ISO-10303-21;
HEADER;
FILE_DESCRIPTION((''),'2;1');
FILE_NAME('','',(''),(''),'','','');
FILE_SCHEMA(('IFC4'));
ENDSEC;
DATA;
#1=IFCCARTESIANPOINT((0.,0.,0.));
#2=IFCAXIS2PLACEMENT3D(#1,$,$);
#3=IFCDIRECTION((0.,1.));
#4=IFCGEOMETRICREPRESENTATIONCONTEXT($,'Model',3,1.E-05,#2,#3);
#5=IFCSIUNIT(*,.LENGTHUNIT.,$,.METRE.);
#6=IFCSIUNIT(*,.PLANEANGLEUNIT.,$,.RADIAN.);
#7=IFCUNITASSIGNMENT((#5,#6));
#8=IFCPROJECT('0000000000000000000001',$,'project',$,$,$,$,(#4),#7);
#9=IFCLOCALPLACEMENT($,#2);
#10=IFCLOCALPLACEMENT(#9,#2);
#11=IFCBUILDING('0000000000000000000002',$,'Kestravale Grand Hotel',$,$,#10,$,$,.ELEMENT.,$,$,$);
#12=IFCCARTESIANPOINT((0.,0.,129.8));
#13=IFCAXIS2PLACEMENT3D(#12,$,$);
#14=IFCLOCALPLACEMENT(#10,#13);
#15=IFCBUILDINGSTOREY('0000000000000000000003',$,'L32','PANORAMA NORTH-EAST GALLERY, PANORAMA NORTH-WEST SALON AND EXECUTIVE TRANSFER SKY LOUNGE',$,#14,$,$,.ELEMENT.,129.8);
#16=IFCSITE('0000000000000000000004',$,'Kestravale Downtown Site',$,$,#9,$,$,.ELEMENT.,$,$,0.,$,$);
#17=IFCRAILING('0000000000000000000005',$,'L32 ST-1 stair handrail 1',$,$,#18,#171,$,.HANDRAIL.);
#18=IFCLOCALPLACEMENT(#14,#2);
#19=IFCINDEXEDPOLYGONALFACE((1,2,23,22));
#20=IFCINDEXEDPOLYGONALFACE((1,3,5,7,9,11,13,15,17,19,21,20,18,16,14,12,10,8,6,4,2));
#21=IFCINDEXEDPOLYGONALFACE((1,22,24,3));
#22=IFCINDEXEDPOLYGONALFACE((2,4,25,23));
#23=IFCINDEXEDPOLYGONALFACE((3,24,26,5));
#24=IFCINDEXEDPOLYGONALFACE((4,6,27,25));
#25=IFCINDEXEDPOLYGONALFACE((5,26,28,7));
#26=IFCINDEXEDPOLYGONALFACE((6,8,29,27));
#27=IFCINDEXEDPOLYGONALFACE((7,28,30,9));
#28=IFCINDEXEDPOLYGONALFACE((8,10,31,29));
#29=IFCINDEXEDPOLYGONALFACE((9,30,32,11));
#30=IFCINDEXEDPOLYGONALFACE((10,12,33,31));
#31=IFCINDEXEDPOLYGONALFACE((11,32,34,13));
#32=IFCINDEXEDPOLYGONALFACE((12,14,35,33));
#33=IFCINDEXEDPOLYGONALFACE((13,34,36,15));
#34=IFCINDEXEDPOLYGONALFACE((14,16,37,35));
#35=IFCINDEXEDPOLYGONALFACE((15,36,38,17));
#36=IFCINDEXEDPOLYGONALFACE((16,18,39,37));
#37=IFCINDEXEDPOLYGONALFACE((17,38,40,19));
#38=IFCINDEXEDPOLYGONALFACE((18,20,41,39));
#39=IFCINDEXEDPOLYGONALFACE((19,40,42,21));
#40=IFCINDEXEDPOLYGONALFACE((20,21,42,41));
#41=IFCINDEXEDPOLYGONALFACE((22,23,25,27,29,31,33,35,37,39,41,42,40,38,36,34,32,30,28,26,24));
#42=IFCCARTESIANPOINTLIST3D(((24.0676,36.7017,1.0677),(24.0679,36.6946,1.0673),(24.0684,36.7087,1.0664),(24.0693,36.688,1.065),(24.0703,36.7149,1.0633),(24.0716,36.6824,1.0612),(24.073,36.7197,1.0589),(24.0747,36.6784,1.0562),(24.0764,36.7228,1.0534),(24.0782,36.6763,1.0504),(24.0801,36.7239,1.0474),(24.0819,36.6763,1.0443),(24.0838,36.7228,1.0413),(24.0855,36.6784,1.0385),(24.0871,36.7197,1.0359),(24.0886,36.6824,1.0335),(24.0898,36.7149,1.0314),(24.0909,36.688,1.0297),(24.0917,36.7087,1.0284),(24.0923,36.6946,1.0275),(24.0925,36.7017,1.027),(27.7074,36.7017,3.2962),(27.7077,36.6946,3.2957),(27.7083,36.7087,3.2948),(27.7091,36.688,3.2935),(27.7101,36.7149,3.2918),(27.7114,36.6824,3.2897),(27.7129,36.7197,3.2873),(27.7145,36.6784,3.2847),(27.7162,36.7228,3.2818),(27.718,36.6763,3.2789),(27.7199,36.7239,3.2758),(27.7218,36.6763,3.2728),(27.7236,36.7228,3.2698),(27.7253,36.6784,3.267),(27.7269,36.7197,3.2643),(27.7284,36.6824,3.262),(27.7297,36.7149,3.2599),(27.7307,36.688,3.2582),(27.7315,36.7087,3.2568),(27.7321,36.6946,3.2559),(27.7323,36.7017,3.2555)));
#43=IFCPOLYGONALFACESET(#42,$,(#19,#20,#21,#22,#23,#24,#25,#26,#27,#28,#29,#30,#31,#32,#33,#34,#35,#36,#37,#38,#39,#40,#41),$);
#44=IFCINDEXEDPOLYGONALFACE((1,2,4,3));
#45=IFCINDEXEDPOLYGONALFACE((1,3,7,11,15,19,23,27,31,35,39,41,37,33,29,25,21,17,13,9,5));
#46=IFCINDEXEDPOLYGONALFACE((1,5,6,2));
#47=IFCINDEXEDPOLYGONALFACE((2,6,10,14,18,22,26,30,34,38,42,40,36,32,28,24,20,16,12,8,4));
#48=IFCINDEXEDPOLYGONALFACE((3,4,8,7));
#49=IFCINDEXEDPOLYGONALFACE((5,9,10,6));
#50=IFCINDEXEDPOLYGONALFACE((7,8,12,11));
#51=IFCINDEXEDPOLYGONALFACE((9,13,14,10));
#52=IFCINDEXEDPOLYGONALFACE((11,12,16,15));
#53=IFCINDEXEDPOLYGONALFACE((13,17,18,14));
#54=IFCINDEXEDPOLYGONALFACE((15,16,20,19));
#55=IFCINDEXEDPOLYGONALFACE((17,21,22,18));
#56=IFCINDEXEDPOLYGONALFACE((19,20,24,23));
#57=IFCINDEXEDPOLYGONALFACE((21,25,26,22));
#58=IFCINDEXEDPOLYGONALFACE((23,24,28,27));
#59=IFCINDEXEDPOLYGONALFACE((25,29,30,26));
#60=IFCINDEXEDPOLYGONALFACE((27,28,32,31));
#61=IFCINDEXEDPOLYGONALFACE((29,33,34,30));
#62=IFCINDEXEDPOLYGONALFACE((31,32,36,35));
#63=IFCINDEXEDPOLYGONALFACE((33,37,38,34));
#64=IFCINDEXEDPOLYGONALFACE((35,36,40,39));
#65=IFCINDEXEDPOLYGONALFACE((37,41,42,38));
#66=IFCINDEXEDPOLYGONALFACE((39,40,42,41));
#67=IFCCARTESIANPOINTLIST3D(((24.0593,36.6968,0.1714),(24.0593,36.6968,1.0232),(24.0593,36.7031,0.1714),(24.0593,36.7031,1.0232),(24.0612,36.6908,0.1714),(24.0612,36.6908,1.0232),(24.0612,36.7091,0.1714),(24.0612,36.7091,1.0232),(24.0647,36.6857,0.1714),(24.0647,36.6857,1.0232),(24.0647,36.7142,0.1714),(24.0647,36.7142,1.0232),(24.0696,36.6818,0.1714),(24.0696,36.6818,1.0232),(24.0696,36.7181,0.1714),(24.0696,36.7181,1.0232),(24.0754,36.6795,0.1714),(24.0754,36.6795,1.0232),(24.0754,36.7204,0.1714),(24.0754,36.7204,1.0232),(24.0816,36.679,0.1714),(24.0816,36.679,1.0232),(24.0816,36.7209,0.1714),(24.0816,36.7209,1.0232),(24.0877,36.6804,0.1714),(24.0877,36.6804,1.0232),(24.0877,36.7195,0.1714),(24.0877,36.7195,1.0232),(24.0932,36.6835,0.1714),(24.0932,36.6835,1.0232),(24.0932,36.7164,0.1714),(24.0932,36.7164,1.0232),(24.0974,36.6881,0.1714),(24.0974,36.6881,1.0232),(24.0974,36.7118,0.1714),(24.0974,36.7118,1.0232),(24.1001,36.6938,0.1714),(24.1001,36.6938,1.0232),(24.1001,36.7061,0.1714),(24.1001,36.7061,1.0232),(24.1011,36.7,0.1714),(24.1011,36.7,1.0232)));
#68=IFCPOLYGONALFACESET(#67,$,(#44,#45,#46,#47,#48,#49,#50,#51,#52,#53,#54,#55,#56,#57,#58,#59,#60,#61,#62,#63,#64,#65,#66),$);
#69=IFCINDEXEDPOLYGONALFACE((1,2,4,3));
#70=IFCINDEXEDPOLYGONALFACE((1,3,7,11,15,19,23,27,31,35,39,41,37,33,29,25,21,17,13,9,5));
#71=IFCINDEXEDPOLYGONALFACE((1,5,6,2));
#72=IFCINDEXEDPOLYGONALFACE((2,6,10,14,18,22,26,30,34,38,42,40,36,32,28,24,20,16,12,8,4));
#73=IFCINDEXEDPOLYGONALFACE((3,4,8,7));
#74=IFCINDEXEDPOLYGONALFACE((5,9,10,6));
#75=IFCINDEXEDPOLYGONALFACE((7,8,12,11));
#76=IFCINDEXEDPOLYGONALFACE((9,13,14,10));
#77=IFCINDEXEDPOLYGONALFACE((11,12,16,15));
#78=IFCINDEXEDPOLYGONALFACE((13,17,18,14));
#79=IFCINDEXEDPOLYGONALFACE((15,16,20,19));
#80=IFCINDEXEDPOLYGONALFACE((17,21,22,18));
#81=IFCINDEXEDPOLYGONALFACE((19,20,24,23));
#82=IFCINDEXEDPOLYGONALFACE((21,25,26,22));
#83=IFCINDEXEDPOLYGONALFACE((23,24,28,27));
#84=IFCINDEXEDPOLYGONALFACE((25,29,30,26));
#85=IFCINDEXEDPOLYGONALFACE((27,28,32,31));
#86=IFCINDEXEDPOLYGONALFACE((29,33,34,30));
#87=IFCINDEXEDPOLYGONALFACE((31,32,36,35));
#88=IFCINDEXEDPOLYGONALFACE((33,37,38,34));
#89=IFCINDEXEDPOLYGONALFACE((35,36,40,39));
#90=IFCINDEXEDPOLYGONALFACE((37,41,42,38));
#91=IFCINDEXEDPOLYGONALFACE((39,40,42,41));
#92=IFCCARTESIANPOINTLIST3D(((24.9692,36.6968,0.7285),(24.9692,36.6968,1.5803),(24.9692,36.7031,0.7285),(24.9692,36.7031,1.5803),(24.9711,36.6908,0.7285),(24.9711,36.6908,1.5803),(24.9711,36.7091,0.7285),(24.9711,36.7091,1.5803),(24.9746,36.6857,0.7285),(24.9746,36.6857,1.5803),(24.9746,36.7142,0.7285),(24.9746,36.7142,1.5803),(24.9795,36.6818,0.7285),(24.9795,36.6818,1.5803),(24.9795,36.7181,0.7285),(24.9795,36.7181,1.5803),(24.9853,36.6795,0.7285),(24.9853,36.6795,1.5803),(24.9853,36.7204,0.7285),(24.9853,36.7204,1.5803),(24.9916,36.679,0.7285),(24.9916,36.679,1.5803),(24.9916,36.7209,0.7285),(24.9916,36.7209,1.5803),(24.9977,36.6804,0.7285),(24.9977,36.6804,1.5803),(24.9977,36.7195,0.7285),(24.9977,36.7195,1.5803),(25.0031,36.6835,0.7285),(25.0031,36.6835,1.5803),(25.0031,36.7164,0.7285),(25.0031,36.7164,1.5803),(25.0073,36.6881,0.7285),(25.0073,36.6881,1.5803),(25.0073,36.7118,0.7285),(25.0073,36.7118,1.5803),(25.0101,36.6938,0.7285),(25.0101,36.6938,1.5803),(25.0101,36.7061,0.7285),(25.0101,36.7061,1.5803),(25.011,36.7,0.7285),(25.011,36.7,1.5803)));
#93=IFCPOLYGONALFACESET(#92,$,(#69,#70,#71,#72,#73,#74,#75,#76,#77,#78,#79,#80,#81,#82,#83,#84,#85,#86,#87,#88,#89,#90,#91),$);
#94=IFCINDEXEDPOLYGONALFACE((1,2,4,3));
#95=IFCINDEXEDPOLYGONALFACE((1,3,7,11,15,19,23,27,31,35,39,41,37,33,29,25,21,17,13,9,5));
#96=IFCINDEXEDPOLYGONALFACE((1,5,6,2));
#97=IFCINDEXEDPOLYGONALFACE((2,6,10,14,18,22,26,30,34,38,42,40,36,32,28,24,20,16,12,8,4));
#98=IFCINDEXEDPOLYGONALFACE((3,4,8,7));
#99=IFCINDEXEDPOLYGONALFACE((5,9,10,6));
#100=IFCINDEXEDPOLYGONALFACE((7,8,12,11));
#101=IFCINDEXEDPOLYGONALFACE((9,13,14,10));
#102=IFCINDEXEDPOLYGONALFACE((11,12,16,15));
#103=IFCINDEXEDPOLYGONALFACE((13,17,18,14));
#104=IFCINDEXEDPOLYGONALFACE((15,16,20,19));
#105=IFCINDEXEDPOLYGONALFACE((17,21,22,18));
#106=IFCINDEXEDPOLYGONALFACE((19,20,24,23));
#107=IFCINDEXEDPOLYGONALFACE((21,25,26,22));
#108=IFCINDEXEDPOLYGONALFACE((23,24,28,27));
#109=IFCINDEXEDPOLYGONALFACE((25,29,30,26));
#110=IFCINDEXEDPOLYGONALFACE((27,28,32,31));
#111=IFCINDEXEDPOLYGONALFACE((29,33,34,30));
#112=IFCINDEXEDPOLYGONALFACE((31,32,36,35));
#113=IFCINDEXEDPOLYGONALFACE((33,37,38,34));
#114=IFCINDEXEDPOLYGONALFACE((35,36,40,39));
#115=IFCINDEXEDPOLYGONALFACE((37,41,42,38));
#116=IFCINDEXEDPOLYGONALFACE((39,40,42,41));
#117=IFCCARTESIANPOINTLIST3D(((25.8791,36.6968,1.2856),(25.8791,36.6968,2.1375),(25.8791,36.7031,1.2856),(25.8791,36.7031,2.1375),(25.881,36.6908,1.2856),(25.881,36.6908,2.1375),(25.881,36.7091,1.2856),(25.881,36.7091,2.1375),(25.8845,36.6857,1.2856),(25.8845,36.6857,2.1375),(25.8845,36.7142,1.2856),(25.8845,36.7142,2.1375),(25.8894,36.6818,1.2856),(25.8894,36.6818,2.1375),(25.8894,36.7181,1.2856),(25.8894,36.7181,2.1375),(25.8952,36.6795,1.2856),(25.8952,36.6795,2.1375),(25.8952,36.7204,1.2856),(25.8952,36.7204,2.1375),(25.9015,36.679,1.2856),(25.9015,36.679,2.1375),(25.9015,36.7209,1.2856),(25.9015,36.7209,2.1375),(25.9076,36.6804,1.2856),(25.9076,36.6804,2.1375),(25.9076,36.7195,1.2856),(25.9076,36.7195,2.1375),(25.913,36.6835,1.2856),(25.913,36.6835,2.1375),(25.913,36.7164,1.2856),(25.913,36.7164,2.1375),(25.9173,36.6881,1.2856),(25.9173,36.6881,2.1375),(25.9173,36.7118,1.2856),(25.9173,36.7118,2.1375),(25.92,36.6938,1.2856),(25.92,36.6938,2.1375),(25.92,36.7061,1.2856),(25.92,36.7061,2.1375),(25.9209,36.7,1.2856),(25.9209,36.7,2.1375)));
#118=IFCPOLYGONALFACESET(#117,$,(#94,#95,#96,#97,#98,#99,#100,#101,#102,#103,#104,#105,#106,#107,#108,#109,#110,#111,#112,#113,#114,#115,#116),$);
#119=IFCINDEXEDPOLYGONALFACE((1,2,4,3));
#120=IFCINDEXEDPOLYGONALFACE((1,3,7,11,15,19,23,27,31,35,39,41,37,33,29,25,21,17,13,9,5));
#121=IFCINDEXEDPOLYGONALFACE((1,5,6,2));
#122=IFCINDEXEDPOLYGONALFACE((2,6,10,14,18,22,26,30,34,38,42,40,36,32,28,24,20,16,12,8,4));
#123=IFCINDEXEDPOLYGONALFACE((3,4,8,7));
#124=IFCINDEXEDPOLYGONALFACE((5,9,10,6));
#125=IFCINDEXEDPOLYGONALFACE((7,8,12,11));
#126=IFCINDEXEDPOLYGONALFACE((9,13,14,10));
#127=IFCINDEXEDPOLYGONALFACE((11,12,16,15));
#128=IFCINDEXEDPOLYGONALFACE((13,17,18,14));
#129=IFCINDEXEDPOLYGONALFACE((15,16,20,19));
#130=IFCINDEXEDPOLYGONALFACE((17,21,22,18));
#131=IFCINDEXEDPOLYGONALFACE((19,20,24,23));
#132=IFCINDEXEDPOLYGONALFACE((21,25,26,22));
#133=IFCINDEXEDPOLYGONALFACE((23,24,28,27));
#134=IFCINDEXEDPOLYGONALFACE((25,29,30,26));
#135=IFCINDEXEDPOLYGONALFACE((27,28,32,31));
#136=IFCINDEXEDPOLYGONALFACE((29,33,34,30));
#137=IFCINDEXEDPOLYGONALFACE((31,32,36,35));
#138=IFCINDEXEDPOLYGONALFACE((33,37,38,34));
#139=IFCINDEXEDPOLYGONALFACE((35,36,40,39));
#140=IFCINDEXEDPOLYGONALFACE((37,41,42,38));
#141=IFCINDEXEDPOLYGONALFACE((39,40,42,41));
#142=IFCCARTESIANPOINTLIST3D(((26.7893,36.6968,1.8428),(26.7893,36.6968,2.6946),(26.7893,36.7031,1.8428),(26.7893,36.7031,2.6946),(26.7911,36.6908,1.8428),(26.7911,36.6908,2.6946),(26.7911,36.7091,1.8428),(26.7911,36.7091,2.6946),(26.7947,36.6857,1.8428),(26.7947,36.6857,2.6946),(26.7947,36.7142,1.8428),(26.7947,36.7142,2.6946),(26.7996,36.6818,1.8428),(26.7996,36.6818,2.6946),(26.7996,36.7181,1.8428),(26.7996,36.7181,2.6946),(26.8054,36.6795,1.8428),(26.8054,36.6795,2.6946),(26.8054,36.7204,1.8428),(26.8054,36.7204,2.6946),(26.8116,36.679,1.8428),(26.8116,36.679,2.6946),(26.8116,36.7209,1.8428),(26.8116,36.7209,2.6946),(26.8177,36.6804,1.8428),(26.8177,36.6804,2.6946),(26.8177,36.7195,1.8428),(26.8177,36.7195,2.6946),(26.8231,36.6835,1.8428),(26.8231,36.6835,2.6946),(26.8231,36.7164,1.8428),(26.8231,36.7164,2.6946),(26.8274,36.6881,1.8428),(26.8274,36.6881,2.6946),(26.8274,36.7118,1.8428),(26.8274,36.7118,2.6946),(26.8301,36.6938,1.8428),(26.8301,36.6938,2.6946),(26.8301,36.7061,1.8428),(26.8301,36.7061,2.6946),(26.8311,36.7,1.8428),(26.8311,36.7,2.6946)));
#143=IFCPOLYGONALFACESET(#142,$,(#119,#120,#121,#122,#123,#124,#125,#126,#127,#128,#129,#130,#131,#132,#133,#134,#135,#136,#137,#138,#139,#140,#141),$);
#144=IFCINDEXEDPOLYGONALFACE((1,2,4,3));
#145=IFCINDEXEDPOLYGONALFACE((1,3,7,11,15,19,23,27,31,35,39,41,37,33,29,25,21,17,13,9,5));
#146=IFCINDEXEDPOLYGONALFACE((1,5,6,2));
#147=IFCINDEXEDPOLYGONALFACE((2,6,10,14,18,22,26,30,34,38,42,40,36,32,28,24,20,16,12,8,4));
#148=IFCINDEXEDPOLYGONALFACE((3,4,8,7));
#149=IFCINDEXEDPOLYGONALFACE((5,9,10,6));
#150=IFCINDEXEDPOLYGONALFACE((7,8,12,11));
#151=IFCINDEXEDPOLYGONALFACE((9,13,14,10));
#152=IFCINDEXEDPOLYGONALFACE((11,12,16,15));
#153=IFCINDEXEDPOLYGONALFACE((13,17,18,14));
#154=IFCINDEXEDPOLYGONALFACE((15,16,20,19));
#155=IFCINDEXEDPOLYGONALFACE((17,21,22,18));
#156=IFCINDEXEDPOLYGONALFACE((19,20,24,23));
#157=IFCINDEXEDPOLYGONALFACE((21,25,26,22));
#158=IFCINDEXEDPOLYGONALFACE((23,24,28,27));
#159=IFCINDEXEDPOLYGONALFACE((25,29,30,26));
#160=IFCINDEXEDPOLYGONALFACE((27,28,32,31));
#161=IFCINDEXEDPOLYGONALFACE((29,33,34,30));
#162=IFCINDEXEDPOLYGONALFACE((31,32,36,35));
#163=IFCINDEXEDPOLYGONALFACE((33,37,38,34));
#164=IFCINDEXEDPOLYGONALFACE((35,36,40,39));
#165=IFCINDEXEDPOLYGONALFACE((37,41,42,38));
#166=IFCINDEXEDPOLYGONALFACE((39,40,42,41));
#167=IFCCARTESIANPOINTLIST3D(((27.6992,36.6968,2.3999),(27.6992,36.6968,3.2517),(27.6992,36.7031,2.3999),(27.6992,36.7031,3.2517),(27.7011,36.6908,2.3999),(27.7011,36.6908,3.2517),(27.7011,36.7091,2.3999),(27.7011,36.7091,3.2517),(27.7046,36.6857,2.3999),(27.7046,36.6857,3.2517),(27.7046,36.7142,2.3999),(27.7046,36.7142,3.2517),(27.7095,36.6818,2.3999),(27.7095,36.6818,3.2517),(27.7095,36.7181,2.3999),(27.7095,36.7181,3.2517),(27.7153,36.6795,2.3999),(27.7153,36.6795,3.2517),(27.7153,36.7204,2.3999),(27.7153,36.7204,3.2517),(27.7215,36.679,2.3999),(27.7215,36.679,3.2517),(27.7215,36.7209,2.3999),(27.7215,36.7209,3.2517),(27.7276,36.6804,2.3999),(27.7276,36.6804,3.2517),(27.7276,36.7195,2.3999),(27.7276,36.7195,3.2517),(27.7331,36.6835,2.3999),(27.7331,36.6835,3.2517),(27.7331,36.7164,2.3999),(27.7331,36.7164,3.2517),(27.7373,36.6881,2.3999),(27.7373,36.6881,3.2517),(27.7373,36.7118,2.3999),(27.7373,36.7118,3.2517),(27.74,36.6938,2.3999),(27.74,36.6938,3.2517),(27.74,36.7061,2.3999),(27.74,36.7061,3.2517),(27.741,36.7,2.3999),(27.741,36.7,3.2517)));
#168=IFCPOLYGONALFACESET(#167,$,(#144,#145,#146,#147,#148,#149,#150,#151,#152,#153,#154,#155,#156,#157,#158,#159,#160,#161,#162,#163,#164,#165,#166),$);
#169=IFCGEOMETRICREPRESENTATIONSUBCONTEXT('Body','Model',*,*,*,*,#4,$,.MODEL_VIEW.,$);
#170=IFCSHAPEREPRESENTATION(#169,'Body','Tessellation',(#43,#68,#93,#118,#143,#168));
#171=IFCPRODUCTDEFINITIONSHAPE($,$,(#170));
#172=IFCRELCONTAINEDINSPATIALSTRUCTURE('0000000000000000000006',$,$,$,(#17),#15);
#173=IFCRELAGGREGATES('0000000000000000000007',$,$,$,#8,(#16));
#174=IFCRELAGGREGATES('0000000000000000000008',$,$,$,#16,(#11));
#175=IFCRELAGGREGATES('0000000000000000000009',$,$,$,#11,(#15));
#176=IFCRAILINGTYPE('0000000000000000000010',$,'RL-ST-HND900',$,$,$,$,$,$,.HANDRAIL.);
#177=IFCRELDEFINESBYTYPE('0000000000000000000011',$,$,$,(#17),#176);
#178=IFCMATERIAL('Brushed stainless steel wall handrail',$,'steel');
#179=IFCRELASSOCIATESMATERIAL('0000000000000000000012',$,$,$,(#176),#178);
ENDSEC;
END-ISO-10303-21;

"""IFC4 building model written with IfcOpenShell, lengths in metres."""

from ifc_helpers import new_model, si_unit, direction, frame, origin, origin_2d, place, context, subcontext, project, spatial, circle, extrude, material, type_object, element, save


model = new_model("IFC4")

# Units and contexts
model_context = context("Model", 3, precision=1e-05, world=origin(), true_north=direction((0.0, 1.0)))
body_context = subcontext(model_context, "Body", "Model", "MODEL_VIEW")
ifc_project = project(units=[si_unit("LENGTHUNIT", "METRE"), si_unit("PLANEANGLEUNIT", "RADIAN")], contexts=[model_context])

# Site, building, storey
site_placement = place(None, origin())
site = spatial("IfcSite", under=ifc_project, at=site_placement, Name="Kestravale Downtown Site", CompositionType="ELEMENT", RefElevation=0.0)
building_placement = place(site_placement, origin())
building = spatial("IfcBuilding", under=site, at=building_placement, Name="Kestravale Grand Hotel", CompositionType="ELEMENT")
storey_placement = place(building_placement, frame((0.0, 0.0, 129.8)))
storey = spatial("IfcBuildingStorey", under=building, at=storey_placement, Name="L32", Description="PANORAMA NORTH-EAST GALLERY, PANORAMA NORTH-WEST SALON AND EXECUTIVE TRANSFER SKY LOUNGE", CompositionType="ELEMENT", Elevation=129.8)

# Railing
ifc_material_1 = material(Name="Brushed stainless steel wall handrail", Category="steel")
railing_type_1 = type_object("IfcRailingType", Name="RL-ST-HND900", PredefinedType="HANDRAIL", material=ifc_material_1)
railing_1_placement = place(storey_placement, frame((24.0801, 36.7, 0.1714)))
element("IfcRailing", 1, at=railing_1_placement, inside=storey, type_object=railing_type_1, Name="L32 ST-1 stair handrail 1", PredefinedType="HANDRAIL", context=body_context, shape_type="SweptSolid", body=[
    extrude(circle(Radius=0.0239, at=origin_2d()), frame((0.0, 0.0, 0.876), z_axis=(0.85285, 0.0, 0.522156), x_axis=(0.0, 1.0, 0.0)), (0.0, 0.0, 1.0), 4.2678),
    extrude(circle(Radius=0.021, at=origin_2d()), origin(), (0.0, 0.0, 1.0), 0.8518),
    extrude(circle(Radius=0.021, at=origin_2d()), frame((0.9099, 0.0, 0.5571)), (0.0, 0.0, 1.0), 0.8518),
    extrude(circle(Radius=0.021, at=origin_2d()), frame((1.8198, 0.0, 1.1143)), (0.0, 0.0, 1.0), 0.8518),
    extrude(circle(Radius=0.021, at=origin_2d()), frame((2.73, 0.0, 1.6714)), (0.0, 0.0, 1.0), 0.8518),
    extrude(circle(Radius=0.021, at=origin_2d()), frame((3.6399, 0.0, 2.2285)), (0.0, 0.0, 1.0), 0.8518),
])

save(model, "model.ifc")
